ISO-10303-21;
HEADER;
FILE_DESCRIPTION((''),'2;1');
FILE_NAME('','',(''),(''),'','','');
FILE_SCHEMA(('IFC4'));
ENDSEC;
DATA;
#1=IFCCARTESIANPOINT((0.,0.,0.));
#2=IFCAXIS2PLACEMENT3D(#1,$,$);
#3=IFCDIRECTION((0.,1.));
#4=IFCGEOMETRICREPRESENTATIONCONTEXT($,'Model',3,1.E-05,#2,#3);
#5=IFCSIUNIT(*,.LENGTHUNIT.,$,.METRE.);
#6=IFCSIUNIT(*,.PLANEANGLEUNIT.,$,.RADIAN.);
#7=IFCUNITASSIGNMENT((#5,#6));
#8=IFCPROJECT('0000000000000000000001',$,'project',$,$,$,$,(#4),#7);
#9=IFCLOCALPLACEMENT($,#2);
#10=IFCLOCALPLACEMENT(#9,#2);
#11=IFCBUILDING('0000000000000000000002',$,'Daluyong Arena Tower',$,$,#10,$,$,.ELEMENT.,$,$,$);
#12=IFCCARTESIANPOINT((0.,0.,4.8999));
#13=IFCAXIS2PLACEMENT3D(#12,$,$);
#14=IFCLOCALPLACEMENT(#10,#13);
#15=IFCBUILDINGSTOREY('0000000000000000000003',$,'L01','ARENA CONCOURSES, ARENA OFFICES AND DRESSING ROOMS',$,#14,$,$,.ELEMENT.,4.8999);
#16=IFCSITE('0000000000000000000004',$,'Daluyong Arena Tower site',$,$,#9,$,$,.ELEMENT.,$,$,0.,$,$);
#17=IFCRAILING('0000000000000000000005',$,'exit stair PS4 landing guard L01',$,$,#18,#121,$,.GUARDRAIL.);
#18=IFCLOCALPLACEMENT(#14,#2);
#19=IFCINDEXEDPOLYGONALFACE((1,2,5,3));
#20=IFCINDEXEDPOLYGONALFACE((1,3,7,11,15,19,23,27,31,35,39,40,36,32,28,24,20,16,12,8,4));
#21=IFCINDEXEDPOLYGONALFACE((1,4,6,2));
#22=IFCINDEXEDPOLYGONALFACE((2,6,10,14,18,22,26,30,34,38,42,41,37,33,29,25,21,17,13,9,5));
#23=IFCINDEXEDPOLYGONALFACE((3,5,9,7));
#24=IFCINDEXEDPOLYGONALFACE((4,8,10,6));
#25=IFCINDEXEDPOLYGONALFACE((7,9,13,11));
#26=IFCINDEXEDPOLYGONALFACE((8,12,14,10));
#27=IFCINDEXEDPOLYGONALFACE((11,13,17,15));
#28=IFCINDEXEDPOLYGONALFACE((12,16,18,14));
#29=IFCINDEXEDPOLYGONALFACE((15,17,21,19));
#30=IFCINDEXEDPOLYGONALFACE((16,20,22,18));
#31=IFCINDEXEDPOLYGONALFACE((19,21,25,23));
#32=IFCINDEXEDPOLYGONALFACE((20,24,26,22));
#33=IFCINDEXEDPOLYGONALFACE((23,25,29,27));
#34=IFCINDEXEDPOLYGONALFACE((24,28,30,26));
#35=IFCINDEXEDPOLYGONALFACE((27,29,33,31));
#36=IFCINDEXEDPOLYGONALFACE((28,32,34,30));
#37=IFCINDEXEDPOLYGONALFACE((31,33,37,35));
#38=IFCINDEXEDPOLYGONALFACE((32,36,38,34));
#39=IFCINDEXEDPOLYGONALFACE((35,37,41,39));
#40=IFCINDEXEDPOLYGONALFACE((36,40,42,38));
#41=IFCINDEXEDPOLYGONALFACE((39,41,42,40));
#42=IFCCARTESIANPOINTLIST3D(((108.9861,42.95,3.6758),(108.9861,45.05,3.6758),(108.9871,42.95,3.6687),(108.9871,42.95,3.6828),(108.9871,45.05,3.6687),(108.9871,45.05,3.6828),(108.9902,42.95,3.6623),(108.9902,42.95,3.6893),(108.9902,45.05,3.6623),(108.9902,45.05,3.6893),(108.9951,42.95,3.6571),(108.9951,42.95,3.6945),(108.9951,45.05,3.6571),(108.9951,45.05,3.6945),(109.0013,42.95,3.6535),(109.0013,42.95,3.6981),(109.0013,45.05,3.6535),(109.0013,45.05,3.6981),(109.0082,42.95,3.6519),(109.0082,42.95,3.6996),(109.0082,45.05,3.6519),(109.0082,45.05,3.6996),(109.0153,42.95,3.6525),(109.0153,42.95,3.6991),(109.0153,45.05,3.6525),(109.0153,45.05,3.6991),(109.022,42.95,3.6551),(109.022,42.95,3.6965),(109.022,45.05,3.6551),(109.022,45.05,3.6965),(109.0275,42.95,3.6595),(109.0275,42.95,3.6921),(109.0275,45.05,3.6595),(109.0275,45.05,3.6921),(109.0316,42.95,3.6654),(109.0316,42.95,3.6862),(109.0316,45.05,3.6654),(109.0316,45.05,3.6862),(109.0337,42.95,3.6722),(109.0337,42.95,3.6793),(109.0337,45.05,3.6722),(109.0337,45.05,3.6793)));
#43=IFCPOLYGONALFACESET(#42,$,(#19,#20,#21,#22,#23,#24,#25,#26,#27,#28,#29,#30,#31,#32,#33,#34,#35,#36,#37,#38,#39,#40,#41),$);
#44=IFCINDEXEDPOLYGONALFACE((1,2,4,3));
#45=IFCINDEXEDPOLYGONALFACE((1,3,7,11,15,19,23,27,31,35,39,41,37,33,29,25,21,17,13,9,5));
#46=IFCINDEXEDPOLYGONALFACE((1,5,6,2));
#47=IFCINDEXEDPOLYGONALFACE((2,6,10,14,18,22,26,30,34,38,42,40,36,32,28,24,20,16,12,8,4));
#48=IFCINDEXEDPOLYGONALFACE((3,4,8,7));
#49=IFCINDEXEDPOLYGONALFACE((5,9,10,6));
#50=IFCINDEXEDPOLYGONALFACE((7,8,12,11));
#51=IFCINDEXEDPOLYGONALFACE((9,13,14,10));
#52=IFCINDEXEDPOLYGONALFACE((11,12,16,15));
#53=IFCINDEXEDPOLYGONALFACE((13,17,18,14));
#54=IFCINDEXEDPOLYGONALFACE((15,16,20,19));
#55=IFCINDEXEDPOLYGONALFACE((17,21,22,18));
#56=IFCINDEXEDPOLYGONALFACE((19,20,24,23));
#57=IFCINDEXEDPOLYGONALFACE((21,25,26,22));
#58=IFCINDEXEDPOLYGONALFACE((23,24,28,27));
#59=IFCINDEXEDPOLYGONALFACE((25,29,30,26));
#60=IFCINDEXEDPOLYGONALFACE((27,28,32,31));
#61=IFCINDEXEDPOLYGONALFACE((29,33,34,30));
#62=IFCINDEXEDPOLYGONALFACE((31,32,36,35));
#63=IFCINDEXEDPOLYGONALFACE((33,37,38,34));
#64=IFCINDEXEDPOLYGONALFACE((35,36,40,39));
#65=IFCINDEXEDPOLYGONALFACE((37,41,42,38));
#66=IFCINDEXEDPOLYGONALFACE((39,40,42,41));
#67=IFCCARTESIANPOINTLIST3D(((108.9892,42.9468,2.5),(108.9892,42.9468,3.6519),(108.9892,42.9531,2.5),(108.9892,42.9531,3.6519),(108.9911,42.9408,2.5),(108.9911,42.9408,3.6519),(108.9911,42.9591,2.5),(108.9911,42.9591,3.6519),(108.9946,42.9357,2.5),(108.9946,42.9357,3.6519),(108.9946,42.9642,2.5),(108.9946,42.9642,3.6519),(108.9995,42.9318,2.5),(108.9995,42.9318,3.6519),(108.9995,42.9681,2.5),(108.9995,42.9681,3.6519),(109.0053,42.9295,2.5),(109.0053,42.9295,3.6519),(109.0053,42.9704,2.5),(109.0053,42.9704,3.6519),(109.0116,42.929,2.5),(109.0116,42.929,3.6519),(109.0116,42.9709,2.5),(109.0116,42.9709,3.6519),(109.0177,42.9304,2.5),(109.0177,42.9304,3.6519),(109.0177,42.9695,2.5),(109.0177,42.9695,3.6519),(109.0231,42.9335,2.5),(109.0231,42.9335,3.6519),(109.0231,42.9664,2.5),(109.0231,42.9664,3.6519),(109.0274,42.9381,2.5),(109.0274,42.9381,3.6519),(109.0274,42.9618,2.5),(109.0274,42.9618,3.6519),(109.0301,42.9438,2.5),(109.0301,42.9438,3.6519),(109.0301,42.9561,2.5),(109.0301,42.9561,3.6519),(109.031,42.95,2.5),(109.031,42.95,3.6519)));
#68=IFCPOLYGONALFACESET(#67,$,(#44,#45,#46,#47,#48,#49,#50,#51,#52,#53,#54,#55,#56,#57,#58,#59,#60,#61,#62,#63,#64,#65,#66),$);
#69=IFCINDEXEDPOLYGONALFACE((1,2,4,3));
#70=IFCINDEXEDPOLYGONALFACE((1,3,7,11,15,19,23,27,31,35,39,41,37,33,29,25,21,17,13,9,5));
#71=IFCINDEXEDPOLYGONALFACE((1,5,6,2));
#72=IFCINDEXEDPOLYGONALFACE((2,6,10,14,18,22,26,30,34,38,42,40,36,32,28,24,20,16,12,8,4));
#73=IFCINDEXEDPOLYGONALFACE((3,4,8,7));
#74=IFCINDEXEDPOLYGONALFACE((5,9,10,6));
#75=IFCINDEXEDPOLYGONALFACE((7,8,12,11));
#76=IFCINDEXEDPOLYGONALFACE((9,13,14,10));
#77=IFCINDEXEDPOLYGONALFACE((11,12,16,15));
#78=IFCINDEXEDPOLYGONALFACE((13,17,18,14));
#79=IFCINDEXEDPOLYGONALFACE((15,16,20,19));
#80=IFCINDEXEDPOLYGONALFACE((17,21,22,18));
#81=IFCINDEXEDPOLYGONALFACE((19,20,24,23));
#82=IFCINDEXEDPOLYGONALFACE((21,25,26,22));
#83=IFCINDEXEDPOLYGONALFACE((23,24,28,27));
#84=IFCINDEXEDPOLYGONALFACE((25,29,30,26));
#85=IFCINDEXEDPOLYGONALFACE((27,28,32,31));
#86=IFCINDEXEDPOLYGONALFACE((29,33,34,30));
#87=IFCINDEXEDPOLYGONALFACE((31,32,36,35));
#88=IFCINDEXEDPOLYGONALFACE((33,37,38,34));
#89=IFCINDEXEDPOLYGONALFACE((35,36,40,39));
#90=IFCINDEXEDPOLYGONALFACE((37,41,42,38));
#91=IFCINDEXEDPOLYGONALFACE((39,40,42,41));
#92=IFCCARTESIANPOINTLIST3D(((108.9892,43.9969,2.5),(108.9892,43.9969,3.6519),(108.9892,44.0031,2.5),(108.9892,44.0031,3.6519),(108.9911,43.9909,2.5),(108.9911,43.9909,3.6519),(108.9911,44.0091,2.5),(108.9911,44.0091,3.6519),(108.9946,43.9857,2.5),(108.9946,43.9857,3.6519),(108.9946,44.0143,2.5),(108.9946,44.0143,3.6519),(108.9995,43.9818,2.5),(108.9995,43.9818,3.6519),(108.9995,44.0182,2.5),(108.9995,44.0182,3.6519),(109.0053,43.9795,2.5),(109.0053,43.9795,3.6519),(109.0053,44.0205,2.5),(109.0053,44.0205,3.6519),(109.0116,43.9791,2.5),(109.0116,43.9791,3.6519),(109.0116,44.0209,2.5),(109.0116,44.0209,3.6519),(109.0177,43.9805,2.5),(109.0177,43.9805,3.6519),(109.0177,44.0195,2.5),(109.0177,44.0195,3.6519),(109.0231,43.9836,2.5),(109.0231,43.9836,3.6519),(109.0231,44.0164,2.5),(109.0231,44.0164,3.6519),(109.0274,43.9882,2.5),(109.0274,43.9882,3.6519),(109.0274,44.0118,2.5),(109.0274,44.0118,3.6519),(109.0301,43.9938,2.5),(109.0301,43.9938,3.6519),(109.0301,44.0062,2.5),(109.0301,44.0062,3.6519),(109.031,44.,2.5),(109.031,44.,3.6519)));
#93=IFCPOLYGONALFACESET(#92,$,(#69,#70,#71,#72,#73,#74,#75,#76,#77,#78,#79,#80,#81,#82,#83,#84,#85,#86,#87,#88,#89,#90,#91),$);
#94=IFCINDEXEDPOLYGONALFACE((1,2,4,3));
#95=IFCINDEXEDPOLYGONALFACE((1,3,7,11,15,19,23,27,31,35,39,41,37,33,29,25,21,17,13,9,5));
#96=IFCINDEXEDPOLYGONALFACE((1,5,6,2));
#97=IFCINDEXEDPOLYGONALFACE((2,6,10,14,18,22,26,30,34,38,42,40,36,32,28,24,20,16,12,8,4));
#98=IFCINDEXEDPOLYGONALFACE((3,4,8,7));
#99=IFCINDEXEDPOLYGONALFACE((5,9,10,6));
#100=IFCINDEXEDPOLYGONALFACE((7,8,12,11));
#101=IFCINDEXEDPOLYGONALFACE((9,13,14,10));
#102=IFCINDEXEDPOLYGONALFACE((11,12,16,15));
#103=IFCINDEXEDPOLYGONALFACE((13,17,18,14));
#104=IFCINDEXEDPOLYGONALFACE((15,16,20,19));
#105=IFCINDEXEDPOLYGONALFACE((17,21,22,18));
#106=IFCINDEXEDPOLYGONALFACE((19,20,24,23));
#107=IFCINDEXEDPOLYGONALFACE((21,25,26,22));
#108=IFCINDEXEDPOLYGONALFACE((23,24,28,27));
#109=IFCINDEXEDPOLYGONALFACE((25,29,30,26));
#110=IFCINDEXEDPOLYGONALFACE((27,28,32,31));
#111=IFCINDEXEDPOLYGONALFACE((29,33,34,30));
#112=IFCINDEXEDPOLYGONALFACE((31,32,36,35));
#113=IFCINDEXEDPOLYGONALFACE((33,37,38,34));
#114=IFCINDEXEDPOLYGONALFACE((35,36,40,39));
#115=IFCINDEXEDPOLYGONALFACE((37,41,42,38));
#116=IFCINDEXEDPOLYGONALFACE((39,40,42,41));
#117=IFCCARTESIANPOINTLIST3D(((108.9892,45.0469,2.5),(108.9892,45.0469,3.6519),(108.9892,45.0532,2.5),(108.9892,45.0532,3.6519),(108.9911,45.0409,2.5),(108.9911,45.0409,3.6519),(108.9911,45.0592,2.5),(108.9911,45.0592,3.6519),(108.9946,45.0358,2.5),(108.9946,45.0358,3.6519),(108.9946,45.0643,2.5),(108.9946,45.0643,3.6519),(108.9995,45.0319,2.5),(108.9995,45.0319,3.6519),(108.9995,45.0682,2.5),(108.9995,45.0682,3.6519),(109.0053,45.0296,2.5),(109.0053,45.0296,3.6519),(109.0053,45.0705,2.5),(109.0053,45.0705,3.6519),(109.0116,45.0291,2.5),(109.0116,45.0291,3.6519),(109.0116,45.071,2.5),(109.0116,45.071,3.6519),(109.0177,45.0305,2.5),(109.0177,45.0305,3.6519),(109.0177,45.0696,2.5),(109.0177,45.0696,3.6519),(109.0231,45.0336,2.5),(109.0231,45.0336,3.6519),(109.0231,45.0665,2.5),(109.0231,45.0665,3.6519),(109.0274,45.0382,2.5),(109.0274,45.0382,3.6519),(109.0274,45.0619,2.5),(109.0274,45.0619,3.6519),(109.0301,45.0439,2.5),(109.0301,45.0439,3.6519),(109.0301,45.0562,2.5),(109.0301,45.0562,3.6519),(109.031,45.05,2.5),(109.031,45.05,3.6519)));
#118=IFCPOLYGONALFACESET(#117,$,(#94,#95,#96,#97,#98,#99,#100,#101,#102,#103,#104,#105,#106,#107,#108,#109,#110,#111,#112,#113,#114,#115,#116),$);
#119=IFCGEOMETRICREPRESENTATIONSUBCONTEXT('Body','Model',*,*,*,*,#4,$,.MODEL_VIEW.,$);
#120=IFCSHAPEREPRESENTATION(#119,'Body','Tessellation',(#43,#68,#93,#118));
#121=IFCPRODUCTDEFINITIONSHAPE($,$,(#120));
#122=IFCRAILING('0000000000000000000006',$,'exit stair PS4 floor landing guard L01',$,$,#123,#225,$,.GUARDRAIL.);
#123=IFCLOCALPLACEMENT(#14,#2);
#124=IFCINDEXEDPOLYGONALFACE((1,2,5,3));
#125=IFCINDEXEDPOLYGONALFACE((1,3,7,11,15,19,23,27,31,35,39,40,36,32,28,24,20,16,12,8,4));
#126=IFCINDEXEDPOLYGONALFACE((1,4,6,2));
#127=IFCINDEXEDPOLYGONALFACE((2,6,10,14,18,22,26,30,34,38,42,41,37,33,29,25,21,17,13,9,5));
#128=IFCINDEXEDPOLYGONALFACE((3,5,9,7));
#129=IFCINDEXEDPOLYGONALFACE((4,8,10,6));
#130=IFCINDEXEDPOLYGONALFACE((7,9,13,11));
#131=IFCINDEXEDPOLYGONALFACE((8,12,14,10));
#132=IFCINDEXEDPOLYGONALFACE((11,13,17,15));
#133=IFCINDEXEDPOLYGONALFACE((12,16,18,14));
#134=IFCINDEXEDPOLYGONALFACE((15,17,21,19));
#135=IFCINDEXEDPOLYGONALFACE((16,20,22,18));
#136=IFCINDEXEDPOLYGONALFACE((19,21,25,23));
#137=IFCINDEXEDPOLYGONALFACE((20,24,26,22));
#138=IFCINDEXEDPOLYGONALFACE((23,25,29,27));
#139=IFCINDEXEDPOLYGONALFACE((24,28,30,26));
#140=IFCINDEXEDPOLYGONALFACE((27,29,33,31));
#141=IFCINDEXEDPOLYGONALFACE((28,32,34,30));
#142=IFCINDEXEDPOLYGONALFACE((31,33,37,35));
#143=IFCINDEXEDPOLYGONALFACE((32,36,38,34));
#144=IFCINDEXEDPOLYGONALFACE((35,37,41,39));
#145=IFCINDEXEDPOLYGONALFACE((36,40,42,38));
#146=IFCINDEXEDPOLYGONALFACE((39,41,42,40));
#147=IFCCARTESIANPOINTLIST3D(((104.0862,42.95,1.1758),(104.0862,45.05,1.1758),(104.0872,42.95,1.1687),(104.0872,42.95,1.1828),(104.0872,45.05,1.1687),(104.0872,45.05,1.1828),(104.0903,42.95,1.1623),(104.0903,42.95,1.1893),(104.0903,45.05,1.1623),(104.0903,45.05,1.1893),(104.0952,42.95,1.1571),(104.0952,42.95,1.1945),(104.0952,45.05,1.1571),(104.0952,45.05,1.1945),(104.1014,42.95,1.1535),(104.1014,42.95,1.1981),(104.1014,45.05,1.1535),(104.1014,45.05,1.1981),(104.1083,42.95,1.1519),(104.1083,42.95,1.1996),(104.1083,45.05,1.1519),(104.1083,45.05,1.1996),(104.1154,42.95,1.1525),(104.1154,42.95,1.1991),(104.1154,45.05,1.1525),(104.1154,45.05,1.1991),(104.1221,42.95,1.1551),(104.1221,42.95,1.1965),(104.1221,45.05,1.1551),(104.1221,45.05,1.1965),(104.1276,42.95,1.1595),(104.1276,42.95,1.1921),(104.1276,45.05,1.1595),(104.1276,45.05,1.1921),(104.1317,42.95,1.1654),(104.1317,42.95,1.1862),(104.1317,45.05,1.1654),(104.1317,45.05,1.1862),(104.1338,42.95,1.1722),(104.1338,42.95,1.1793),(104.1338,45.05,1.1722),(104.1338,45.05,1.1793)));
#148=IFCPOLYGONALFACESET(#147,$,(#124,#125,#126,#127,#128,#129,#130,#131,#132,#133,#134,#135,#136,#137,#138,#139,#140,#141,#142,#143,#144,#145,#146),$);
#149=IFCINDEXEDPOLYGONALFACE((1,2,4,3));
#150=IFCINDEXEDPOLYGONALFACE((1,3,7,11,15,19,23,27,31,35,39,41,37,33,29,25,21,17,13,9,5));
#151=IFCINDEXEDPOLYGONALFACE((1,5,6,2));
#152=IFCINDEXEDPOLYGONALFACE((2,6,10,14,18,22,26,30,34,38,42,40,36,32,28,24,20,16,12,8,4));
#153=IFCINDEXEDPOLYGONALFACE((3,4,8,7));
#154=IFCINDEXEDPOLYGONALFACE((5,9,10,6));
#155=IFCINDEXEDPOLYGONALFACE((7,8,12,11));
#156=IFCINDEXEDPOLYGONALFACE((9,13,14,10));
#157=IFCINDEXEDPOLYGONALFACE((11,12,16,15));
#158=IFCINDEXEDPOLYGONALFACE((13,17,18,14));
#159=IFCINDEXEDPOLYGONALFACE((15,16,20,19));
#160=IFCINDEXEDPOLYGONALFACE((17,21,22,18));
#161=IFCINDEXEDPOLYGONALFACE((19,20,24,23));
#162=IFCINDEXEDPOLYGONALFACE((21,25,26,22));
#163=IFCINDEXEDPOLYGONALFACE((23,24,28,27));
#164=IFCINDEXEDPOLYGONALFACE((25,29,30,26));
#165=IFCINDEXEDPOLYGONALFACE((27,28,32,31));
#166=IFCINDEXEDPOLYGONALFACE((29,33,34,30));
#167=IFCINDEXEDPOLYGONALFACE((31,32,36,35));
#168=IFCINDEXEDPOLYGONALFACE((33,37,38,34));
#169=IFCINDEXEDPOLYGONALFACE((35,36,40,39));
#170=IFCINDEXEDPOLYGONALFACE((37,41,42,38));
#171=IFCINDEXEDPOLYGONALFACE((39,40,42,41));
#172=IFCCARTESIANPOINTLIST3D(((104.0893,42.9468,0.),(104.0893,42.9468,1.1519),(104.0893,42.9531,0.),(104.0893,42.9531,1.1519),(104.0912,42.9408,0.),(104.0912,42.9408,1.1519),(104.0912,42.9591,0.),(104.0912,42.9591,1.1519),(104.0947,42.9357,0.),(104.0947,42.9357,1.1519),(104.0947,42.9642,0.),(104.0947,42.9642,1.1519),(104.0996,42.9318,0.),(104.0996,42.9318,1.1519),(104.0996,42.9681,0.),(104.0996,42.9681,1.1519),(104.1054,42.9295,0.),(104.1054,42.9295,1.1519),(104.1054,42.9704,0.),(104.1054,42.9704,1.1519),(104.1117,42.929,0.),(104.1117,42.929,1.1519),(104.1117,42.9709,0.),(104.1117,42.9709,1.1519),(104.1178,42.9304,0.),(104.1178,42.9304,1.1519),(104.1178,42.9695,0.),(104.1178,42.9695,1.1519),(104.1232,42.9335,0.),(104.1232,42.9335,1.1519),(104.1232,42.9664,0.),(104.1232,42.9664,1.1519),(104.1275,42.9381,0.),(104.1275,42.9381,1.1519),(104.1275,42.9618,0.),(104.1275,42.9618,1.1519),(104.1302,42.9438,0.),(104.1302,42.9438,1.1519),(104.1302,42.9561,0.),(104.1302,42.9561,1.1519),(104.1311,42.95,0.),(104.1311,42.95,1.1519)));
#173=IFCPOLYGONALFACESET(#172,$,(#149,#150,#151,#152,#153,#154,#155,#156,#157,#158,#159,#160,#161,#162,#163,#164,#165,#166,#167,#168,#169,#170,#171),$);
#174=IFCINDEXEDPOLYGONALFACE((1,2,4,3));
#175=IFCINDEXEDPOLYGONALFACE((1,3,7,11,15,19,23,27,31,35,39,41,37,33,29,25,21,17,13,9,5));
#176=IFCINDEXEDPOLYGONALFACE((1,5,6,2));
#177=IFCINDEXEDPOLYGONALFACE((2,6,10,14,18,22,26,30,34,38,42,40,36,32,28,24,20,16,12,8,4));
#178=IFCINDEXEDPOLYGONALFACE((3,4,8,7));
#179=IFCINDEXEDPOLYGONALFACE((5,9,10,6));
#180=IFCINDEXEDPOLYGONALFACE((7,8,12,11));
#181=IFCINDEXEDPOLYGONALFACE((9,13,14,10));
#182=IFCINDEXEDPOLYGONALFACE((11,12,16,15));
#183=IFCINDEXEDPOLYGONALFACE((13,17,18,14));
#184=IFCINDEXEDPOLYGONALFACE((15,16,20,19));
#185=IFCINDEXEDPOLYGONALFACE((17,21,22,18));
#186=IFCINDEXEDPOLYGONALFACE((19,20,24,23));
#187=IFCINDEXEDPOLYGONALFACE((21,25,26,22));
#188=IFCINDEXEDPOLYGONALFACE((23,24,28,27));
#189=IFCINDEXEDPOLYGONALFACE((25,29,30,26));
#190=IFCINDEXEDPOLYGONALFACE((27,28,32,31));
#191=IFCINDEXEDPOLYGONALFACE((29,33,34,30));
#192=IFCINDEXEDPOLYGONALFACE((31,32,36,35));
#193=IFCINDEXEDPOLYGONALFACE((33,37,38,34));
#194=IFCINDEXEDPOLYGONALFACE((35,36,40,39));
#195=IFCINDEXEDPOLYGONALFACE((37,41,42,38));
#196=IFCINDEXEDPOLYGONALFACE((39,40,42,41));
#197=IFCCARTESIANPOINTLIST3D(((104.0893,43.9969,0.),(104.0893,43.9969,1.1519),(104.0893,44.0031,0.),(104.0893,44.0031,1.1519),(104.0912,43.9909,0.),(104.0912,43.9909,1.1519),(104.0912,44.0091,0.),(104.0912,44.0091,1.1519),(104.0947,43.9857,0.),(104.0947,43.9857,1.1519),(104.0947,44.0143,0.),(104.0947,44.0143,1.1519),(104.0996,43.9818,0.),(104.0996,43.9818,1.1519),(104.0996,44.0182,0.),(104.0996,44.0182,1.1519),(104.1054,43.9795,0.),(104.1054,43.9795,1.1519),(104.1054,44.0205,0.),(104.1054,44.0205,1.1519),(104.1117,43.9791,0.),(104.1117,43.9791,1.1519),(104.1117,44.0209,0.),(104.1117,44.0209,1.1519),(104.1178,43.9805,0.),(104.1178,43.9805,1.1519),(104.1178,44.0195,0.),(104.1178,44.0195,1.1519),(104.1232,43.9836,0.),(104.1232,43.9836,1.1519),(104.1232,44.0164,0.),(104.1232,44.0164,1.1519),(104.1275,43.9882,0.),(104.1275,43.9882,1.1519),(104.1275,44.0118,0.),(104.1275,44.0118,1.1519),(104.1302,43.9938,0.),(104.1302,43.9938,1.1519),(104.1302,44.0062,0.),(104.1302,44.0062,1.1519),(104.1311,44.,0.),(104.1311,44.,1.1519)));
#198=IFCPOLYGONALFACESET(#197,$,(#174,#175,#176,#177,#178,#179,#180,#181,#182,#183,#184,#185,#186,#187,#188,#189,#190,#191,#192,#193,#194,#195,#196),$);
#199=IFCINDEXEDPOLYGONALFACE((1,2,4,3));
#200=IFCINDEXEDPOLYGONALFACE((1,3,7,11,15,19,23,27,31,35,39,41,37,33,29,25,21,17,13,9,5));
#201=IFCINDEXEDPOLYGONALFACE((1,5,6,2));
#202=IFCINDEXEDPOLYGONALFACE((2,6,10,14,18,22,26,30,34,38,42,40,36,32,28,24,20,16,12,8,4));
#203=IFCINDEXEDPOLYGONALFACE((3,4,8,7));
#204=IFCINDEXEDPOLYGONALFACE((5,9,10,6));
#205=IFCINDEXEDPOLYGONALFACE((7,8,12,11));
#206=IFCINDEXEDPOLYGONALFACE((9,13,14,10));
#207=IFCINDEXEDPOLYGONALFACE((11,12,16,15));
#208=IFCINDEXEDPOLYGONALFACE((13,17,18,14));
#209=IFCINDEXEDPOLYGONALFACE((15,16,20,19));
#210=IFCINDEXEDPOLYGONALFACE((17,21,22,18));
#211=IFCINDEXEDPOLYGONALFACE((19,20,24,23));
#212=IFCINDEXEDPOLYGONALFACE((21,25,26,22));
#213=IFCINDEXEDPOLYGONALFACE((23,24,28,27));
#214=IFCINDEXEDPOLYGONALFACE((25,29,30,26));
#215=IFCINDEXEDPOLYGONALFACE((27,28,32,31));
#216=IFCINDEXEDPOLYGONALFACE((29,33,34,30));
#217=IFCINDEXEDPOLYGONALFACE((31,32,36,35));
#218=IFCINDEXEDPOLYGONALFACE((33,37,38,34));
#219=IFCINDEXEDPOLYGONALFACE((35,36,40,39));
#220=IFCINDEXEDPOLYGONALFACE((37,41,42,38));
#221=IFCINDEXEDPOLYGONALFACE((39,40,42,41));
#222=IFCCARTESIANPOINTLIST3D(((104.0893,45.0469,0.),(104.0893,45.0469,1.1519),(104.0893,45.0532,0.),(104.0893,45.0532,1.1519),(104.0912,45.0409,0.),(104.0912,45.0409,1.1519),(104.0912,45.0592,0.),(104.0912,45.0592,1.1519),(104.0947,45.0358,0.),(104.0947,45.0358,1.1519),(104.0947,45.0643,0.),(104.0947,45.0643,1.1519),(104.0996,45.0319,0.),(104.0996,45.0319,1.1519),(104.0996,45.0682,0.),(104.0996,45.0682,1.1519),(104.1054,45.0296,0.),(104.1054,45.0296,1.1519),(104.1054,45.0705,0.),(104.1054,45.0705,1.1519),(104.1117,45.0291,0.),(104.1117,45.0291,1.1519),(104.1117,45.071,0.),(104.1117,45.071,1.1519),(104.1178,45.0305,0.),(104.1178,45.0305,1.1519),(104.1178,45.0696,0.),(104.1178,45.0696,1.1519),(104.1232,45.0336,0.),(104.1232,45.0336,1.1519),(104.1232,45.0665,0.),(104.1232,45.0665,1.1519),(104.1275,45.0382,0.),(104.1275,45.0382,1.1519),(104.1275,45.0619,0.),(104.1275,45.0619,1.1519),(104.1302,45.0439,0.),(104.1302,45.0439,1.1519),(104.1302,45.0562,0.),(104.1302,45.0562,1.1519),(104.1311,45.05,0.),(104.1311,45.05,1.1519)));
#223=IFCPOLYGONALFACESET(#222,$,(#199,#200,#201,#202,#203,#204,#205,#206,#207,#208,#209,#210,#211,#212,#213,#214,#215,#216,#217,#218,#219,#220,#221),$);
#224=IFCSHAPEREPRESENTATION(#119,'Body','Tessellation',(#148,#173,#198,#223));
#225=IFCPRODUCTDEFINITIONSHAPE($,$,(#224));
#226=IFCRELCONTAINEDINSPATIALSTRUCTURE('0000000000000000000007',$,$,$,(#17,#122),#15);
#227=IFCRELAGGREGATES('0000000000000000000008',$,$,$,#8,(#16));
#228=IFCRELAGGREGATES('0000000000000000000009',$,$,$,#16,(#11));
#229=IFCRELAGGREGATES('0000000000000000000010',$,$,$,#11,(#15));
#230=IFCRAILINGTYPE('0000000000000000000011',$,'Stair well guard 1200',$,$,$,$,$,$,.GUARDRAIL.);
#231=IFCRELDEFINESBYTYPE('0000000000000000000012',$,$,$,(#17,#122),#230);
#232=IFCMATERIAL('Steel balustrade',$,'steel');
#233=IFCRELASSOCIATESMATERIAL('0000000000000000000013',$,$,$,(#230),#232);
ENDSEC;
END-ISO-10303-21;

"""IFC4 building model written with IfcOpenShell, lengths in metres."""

from ifc_helpers import new_model, si_unit, direction, frame, origin, origin_2d, place, context, subcontext, project, spatial, circle, extrude, material, type_object, element, save


model = new_model("IFC4")

# Units and contexts
model_context = context("Model", 3, precision=1e-05, world=origin(), true_north=direction((0.0, 1.0)))
body_context = subcontext(model_context, "Body", "Model", "MODEL_VIEW")
ifc_project = project(units=[si_unit("LENGTHUNIT", "METRE"), si_unit("PLANEANGLEUNIT", "RADIAN")], contexts=[model_context])

# Site, building, storey
site_placement = place(None, origin())
site = spatial("IfcSite", under=ifc_project, at=site_placement, Name="Daluyong Arena Tower site", CompositionType="ELEMENT", RefElevation=0.0)
building_placement = place(site_placement, origin())
building = spatial("IfcBuilding", under=site, at=building_placement, Name="Daluyong Arena Tower", CompositionType="ELEMENT")
storey_placement = place(building_placement, frame((0.0, 0.0, 4.8999)))
storey = spatial("IfcBuildingStorey", under=building, at=storey_placement, Name="L01", Description="ARENA CONCOURSES, ARENA OFFICES AND DRESSING ROOMS", CompositionType="ELEMENT", Elevation=4.8999)

# Railings
ifc_material_1 = material(Name="Steel balustrade", Category="steel")
railing_type_1 = type_object("IfcRailingType", Name="Stair well guard 1200", PredefinedType="GUARDRAIL", material=ifc_material_1)
for number, where, name in (
    (1, (109.01, 42.95, 2.5), "exit stair PS4 landing guard L01"),
    (2, (104.1101, 42.95, 0.0), "exit stair PS4 floor landing guard L01"),
):
    element("IfcRailing", number, at=place(storey_placement, frame(where)), inside=storey, type_object=railing_type_1, Name=name, PredefinedType="GUARDRAIL", context=body_context, shape_type="SweptSolid", body=[
        extrude(circle(Radius=0.0239, at=origin_2d()), frame((0.0, 0.0, 1.1758), z_axis=(0.0, 1.0, 0.0), x_axis=(-1.0, 0.0, 0.0)), (0.0, 0.0, 1.0), 2.1001),
        extrude(circle(Radius=0.021, at=origin_2d()), origin(), (0.0, 0.0, 1.0), 1.1519),
        extrude(circle(Radius=0.021, at=origin_2d()), frame((0.0, 1.05, 0.0)), (0.0, 0.0, 1.0), 1.1519),
        extrude(circle(Radius=0.021, at=origin_2d()), frame((0.0, 2.1001, 0.0)), (0.0, 0.0, 1.0), 1.1519),
    ])

save(model, "model.ifc")
